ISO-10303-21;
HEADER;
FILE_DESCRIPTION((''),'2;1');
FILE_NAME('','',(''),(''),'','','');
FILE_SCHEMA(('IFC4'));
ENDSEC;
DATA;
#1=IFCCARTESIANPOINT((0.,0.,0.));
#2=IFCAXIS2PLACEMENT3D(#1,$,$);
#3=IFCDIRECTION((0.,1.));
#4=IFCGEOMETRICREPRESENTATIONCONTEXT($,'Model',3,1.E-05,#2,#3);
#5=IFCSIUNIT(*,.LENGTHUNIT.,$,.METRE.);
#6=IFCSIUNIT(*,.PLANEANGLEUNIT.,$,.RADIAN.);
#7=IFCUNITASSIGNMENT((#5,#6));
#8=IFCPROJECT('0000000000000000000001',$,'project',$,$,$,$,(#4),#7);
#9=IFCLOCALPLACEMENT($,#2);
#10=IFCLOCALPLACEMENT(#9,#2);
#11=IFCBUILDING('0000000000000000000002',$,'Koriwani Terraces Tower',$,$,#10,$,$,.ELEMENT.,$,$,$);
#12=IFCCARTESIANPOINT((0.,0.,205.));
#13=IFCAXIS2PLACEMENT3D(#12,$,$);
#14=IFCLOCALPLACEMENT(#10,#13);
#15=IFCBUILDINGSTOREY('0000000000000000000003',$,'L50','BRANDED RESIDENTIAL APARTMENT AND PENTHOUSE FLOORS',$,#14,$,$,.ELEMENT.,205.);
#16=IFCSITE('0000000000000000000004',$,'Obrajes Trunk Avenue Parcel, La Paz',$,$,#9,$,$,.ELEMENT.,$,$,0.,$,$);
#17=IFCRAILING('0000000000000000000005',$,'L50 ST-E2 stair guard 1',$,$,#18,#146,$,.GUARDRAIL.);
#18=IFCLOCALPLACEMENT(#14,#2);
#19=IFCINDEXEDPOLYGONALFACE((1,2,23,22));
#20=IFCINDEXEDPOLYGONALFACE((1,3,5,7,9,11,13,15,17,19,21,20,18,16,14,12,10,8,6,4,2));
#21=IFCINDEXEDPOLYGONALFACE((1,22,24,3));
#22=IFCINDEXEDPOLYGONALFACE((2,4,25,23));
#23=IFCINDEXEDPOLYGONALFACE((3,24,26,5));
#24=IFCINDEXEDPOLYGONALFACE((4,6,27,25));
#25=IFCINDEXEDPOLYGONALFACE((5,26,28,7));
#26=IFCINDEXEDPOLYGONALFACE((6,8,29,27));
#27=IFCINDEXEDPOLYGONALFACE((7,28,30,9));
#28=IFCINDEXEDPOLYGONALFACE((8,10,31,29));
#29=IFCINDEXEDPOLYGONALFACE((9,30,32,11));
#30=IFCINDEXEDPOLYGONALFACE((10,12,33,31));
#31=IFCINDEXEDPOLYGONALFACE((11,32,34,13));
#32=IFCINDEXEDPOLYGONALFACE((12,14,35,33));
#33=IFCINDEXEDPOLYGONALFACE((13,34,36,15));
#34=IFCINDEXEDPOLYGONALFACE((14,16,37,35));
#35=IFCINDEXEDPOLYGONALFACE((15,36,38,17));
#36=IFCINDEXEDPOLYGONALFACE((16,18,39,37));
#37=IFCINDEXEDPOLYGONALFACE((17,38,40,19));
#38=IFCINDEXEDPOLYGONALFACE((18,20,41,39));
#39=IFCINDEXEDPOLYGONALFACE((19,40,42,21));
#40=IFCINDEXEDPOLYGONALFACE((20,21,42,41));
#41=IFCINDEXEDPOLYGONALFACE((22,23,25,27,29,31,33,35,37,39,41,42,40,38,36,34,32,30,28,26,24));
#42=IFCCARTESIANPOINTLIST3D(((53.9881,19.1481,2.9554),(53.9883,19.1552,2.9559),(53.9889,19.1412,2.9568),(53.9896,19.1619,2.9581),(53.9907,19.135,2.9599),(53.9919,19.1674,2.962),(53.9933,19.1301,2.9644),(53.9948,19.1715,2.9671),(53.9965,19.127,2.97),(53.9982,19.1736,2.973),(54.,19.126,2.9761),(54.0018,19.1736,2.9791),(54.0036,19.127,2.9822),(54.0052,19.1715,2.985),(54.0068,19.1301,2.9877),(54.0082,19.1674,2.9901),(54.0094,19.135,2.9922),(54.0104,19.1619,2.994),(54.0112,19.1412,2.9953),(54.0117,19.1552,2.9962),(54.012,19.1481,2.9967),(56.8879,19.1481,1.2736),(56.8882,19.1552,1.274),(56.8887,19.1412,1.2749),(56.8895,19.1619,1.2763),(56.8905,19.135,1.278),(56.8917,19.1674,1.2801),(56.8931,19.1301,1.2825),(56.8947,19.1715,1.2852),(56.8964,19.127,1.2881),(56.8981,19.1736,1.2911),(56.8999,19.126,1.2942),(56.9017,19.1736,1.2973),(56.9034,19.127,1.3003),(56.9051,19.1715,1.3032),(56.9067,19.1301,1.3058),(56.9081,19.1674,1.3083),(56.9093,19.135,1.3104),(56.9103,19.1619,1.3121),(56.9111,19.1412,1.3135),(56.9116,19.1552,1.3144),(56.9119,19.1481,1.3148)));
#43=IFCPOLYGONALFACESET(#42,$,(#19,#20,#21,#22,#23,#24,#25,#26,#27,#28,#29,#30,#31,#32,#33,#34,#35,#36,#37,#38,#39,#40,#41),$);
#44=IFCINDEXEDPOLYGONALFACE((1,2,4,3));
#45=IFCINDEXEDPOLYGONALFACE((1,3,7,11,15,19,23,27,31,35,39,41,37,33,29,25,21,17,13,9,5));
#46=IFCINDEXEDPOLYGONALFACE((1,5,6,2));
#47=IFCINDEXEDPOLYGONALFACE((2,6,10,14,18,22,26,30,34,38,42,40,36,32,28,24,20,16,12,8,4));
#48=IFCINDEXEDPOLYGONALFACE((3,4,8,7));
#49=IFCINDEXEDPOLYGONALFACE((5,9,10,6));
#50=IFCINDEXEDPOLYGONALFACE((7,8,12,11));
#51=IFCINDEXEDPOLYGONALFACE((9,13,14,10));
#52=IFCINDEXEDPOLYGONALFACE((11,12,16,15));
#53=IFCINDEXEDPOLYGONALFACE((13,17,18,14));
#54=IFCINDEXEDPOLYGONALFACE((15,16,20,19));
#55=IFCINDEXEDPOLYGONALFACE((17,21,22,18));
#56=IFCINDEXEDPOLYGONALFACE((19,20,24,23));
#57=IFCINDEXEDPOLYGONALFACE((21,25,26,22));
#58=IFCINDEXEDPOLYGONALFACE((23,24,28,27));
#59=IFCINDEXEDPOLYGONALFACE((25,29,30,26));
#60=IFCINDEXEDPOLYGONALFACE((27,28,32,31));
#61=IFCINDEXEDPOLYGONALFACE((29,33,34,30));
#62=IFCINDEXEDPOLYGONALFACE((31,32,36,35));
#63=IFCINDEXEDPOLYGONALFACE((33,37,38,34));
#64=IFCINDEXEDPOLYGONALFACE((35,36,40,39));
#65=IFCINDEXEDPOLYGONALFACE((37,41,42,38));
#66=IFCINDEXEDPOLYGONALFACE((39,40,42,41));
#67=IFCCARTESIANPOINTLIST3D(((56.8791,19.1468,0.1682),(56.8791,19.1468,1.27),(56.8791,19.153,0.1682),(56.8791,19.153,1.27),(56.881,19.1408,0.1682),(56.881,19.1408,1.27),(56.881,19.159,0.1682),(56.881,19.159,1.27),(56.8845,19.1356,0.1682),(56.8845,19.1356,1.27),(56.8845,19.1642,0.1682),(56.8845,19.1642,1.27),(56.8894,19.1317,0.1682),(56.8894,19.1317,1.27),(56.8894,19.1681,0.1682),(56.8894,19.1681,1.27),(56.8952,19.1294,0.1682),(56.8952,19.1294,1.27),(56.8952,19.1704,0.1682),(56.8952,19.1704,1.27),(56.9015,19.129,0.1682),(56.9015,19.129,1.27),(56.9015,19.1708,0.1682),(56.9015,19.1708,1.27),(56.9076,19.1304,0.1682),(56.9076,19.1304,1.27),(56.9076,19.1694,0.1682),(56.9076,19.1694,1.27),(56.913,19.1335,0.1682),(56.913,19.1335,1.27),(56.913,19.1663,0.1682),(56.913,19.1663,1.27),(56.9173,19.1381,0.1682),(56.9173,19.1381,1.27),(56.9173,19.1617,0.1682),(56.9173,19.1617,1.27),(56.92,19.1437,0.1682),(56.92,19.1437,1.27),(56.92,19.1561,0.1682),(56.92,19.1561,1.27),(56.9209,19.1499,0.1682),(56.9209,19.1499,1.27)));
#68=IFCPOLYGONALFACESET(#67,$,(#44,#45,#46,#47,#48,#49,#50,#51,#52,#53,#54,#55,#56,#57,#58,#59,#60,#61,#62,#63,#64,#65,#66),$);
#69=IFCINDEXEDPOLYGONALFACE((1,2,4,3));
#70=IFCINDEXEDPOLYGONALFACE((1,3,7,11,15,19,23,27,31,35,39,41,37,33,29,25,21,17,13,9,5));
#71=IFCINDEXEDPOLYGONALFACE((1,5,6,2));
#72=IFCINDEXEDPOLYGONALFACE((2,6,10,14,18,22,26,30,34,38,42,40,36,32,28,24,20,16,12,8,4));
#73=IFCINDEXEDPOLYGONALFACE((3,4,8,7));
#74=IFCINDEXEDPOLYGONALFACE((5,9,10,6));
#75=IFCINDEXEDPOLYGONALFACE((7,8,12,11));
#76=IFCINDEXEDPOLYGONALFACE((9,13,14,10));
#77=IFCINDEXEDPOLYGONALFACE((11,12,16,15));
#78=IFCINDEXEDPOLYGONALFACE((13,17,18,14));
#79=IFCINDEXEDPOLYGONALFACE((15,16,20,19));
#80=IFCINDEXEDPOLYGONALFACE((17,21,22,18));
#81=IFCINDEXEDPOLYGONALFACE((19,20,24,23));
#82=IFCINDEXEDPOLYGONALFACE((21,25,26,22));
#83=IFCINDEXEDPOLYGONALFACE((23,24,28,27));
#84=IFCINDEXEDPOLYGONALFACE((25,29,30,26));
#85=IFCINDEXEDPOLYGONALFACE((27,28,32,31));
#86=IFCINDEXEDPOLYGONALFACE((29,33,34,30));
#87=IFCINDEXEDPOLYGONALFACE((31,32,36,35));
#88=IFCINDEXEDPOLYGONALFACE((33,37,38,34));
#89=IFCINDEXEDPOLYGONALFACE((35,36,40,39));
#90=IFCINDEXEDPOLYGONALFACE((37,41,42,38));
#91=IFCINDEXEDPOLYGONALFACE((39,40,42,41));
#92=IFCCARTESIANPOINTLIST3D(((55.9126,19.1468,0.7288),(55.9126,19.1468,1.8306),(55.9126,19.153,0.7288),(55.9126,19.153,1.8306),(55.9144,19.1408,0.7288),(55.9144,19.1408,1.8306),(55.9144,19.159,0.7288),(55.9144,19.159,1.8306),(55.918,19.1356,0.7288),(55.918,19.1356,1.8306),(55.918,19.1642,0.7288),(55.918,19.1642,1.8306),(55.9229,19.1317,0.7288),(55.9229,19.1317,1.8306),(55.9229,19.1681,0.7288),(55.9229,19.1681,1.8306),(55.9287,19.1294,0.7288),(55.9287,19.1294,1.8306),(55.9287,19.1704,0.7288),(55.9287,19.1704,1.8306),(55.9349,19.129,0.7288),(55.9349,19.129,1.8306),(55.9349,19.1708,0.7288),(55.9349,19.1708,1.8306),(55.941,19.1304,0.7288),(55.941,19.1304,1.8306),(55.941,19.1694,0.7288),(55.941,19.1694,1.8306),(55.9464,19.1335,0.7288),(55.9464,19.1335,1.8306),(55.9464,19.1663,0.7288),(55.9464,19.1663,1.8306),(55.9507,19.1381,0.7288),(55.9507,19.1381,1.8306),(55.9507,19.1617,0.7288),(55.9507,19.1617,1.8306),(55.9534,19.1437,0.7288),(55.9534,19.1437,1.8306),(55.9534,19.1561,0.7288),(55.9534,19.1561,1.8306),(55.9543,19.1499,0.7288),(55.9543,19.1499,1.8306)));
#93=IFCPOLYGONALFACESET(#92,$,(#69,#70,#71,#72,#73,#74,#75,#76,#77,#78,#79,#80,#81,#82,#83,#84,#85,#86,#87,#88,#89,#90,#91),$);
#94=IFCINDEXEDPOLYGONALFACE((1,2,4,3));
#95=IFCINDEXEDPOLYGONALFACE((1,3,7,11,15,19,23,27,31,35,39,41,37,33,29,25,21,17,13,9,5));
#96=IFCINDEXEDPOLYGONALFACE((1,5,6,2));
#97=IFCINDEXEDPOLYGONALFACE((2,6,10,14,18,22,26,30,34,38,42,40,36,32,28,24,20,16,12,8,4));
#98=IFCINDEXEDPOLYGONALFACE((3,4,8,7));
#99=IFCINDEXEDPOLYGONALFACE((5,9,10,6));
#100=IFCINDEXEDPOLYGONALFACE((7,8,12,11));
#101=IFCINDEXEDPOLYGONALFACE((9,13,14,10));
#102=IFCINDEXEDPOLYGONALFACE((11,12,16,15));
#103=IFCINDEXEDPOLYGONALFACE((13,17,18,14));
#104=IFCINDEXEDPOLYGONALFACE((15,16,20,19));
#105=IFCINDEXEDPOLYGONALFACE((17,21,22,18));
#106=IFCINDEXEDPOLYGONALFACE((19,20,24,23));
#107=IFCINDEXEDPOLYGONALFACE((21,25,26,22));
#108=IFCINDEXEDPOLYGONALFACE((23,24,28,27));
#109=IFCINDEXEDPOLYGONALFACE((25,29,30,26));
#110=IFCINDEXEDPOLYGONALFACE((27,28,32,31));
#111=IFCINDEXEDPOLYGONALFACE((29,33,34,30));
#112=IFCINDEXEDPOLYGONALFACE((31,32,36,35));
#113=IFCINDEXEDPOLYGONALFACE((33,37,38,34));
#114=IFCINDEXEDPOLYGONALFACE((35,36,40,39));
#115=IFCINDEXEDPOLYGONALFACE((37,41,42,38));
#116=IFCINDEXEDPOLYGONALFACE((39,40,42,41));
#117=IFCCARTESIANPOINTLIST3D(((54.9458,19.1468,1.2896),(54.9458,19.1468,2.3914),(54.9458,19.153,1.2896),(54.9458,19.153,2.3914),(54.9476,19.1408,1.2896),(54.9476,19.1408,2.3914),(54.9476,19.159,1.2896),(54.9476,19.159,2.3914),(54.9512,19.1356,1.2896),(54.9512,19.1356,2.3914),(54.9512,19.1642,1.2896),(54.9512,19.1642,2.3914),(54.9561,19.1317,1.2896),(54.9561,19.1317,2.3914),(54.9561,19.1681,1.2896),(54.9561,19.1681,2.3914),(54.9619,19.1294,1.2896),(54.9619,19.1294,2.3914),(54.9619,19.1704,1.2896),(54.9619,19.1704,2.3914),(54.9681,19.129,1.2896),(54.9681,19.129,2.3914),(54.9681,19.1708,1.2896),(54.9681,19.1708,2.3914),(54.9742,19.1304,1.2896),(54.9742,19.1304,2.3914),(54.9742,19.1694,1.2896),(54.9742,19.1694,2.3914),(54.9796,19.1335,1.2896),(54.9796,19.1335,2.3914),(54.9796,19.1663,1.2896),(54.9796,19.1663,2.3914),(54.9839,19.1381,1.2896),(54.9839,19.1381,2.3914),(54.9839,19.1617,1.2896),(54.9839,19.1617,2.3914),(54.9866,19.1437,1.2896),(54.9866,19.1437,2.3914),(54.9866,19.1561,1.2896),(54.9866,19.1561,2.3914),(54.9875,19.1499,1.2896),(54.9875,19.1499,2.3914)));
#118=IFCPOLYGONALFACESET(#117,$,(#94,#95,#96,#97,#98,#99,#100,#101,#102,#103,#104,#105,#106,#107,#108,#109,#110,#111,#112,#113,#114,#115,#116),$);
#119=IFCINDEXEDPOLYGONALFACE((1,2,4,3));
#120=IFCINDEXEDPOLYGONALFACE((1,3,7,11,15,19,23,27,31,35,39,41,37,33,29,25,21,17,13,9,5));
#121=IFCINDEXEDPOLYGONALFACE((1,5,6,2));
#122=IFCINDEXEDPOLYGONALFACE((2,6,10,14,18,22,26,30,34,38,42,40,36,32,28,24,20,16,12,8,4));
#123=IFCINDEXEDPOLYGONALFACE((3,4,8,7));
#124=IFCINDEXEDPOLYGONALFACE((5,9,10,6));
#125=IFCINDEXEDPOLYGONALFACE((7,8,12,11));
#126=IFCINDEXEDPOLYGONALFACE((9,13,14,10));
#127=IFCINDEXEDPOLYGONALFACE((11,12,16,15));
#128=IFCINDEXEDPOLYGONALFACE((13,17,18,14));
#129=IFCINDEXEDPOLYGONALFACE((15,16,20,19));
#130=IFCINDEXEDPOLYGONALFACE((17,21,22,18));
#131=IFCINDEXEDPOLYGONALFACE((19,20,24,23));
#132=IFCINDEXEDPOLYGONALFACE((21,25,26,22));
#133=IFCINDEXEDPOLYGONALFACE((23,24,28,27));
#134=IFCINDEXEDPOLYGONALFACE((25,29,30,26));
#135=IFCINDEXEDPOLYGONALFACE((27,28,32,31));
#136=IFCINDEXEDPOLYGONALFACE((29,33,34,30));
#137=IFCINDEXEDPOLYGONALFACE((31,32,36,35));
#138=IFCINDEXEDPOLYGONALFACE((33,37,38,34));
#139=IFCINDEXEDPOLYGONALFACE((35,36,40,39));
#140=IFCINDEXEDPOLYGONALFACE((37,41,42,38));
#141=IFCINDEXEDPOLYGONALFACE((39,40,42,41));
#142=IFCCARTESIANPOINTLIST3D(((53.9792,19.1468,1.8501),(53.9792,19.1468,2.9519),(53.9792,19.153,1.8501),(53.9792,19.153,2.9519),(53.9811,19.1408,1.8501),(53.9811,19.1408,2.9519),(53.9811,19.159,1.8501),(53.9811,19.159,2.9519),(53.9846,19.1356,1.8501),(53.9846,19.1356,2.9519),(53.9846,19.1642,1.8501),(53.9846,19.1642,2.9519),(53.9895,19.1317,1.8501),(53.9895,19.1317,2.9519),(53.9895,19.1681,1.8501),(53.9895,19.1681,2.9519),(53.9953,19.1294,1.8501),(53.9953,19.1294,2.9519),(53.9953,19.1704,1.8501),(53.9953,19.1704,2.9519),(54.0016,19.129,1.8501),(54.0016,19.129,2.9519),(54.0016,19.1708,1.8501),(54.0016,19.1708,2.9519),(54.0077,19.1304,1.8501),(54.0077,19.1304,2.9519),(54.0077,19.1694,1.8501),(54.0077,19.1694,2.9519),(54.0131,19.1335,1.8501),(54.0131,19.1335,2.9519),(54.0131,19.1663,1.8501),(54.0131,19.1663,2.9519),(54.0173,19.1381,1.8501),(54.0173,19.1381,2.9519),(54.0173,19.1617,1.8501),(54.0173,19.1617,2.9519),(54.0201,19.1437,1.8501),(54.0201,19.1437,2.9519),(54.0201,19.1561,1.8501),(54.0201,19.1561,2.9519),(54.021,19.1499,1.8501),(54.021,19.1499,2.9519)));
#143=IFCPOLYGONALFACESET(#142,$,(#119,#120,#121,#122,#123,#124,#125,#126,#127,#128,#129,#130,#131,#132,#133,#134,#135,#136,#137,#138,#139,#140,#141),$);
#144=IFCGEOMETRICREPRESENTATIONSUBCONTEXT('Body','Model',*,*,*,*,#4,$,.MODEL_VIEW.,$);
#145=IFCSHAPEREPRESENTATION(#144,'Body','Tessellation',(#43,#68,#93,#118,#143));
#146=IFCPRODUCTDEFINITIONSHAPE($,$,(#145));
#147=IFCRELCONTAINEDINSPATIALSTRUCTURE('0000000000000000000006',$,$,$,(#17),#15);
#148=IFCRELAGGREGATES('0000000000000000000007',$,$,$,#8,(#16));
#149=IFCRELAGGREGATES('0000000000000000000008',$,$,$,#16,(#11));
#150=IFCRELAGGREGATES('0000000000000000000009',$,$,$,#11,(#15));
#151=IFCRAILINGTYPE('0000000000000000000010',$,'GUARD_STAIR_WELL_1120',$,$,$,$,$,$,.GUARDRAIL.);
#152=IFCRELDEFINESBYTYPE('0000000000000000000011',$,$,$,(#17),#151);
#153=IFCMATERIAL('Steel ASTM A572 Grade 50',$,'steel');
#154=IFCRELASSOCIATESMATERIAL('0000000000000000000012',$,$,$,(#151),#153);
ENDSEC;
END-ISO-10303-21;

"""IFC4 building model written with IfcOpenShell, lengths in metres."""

from ifc_helpers import new_model, si_unit, direction, frame, origin, origin_2d, place, context, subcontext, project, spatial, circle, extrude, material, type_object, element, save


model = new_model("IFC4")

# Units and contexts
model_context = context("Model", 3, precision=1e-05, world=origin(), true_north=direction((0.0, 1.0)))
body_context = subcontext(model_context, "Body", "Model", "MODEL_VIEW")
ifc_project = project(units=[si_unit("LENGTHUNIT", "METRE"), si_unit("PLANEANGLEUNIT", "RADIAN")], contexts=[model_context])

# Site, building, storey
site_placement = place(None, origin())
site = spatial("IfcSite", under=ifc_project, at=site_placement, Name="Obrajes Trunk Avenue Parcel, La Paz", CompositionType="ELEMENT", RefElevation=0.0)
building_placement = place(site_placement, origin())
building = spatial("IfcBuilding", under=site, at=building_placement, Name="Koriwani Terraces Tower", CompositionType="ELEMENT")
storey_placement = place(building_placement, frame((0.0, 0.0, 205.0)))
storey = spatial("IfcBuildingStorey", under=building, at=storey_placement, Name="L50", Description="BRANDED RESIDENTIAL APARTMENT AND PENTHOUSE FLOORS", CompositionType="ELEMENT", Elevation=205.0)

# Shared definitions
ifc_material_1 = material(Name="Steel ASTM A572 Grade 50", Category="steel")

# Railing
railing_type_1 = type_object("IfcRailingType", Name="GUARD_STAIR_WELL_1120", PredefinedType="GUARDRAIL", material=ifc_material_1)
railing_1_placement = place(storey_placement, frame((56.8999, 19.1499, 0.1682)))
element("IfcRailing", 1, at=railing_1_placement, inside=storey, type_object=railing_type_1, Name="L50 ST-E2 stair guard 1", PredefinedType="GUARDRAIL", context=body_context, shape_type="SweptSolid", body=[
    extrude(circle(Radius=0.0239, at=origin_2d()), frame((0.0, 0.0, 1.126), z_axis=(-0.865039, 0.0, 0.501705), x_axis=(0.0, -1.0, 0.0)), (0.0, 0.0, 1.0), 3.3523),
    extrude(circle(Radius=0.021, at=origin_2d()), origin(), (0.0, 0.0, 1.0), 1.1018),
    extrude(circle(Radius=0.021, at=origin_2d()), frame((-0.9666, 0.0, 0.5605)), (0.0, 0.0, 1.0), 1.1018),
    extrude(circle(Radius=0.021, at=origin_2d()), frame((-1.9333, 0.0, 1.1213)), (0.0, 0.0, 1.0), 1.1018),
    extrude(circle(Radius=0.021, at=origin_2d()), frame((-2.8999, 0.0, 1.6819)), (0.0, 0.0, 1.0), 1.1018),
])

save(model, "model.ifc")
